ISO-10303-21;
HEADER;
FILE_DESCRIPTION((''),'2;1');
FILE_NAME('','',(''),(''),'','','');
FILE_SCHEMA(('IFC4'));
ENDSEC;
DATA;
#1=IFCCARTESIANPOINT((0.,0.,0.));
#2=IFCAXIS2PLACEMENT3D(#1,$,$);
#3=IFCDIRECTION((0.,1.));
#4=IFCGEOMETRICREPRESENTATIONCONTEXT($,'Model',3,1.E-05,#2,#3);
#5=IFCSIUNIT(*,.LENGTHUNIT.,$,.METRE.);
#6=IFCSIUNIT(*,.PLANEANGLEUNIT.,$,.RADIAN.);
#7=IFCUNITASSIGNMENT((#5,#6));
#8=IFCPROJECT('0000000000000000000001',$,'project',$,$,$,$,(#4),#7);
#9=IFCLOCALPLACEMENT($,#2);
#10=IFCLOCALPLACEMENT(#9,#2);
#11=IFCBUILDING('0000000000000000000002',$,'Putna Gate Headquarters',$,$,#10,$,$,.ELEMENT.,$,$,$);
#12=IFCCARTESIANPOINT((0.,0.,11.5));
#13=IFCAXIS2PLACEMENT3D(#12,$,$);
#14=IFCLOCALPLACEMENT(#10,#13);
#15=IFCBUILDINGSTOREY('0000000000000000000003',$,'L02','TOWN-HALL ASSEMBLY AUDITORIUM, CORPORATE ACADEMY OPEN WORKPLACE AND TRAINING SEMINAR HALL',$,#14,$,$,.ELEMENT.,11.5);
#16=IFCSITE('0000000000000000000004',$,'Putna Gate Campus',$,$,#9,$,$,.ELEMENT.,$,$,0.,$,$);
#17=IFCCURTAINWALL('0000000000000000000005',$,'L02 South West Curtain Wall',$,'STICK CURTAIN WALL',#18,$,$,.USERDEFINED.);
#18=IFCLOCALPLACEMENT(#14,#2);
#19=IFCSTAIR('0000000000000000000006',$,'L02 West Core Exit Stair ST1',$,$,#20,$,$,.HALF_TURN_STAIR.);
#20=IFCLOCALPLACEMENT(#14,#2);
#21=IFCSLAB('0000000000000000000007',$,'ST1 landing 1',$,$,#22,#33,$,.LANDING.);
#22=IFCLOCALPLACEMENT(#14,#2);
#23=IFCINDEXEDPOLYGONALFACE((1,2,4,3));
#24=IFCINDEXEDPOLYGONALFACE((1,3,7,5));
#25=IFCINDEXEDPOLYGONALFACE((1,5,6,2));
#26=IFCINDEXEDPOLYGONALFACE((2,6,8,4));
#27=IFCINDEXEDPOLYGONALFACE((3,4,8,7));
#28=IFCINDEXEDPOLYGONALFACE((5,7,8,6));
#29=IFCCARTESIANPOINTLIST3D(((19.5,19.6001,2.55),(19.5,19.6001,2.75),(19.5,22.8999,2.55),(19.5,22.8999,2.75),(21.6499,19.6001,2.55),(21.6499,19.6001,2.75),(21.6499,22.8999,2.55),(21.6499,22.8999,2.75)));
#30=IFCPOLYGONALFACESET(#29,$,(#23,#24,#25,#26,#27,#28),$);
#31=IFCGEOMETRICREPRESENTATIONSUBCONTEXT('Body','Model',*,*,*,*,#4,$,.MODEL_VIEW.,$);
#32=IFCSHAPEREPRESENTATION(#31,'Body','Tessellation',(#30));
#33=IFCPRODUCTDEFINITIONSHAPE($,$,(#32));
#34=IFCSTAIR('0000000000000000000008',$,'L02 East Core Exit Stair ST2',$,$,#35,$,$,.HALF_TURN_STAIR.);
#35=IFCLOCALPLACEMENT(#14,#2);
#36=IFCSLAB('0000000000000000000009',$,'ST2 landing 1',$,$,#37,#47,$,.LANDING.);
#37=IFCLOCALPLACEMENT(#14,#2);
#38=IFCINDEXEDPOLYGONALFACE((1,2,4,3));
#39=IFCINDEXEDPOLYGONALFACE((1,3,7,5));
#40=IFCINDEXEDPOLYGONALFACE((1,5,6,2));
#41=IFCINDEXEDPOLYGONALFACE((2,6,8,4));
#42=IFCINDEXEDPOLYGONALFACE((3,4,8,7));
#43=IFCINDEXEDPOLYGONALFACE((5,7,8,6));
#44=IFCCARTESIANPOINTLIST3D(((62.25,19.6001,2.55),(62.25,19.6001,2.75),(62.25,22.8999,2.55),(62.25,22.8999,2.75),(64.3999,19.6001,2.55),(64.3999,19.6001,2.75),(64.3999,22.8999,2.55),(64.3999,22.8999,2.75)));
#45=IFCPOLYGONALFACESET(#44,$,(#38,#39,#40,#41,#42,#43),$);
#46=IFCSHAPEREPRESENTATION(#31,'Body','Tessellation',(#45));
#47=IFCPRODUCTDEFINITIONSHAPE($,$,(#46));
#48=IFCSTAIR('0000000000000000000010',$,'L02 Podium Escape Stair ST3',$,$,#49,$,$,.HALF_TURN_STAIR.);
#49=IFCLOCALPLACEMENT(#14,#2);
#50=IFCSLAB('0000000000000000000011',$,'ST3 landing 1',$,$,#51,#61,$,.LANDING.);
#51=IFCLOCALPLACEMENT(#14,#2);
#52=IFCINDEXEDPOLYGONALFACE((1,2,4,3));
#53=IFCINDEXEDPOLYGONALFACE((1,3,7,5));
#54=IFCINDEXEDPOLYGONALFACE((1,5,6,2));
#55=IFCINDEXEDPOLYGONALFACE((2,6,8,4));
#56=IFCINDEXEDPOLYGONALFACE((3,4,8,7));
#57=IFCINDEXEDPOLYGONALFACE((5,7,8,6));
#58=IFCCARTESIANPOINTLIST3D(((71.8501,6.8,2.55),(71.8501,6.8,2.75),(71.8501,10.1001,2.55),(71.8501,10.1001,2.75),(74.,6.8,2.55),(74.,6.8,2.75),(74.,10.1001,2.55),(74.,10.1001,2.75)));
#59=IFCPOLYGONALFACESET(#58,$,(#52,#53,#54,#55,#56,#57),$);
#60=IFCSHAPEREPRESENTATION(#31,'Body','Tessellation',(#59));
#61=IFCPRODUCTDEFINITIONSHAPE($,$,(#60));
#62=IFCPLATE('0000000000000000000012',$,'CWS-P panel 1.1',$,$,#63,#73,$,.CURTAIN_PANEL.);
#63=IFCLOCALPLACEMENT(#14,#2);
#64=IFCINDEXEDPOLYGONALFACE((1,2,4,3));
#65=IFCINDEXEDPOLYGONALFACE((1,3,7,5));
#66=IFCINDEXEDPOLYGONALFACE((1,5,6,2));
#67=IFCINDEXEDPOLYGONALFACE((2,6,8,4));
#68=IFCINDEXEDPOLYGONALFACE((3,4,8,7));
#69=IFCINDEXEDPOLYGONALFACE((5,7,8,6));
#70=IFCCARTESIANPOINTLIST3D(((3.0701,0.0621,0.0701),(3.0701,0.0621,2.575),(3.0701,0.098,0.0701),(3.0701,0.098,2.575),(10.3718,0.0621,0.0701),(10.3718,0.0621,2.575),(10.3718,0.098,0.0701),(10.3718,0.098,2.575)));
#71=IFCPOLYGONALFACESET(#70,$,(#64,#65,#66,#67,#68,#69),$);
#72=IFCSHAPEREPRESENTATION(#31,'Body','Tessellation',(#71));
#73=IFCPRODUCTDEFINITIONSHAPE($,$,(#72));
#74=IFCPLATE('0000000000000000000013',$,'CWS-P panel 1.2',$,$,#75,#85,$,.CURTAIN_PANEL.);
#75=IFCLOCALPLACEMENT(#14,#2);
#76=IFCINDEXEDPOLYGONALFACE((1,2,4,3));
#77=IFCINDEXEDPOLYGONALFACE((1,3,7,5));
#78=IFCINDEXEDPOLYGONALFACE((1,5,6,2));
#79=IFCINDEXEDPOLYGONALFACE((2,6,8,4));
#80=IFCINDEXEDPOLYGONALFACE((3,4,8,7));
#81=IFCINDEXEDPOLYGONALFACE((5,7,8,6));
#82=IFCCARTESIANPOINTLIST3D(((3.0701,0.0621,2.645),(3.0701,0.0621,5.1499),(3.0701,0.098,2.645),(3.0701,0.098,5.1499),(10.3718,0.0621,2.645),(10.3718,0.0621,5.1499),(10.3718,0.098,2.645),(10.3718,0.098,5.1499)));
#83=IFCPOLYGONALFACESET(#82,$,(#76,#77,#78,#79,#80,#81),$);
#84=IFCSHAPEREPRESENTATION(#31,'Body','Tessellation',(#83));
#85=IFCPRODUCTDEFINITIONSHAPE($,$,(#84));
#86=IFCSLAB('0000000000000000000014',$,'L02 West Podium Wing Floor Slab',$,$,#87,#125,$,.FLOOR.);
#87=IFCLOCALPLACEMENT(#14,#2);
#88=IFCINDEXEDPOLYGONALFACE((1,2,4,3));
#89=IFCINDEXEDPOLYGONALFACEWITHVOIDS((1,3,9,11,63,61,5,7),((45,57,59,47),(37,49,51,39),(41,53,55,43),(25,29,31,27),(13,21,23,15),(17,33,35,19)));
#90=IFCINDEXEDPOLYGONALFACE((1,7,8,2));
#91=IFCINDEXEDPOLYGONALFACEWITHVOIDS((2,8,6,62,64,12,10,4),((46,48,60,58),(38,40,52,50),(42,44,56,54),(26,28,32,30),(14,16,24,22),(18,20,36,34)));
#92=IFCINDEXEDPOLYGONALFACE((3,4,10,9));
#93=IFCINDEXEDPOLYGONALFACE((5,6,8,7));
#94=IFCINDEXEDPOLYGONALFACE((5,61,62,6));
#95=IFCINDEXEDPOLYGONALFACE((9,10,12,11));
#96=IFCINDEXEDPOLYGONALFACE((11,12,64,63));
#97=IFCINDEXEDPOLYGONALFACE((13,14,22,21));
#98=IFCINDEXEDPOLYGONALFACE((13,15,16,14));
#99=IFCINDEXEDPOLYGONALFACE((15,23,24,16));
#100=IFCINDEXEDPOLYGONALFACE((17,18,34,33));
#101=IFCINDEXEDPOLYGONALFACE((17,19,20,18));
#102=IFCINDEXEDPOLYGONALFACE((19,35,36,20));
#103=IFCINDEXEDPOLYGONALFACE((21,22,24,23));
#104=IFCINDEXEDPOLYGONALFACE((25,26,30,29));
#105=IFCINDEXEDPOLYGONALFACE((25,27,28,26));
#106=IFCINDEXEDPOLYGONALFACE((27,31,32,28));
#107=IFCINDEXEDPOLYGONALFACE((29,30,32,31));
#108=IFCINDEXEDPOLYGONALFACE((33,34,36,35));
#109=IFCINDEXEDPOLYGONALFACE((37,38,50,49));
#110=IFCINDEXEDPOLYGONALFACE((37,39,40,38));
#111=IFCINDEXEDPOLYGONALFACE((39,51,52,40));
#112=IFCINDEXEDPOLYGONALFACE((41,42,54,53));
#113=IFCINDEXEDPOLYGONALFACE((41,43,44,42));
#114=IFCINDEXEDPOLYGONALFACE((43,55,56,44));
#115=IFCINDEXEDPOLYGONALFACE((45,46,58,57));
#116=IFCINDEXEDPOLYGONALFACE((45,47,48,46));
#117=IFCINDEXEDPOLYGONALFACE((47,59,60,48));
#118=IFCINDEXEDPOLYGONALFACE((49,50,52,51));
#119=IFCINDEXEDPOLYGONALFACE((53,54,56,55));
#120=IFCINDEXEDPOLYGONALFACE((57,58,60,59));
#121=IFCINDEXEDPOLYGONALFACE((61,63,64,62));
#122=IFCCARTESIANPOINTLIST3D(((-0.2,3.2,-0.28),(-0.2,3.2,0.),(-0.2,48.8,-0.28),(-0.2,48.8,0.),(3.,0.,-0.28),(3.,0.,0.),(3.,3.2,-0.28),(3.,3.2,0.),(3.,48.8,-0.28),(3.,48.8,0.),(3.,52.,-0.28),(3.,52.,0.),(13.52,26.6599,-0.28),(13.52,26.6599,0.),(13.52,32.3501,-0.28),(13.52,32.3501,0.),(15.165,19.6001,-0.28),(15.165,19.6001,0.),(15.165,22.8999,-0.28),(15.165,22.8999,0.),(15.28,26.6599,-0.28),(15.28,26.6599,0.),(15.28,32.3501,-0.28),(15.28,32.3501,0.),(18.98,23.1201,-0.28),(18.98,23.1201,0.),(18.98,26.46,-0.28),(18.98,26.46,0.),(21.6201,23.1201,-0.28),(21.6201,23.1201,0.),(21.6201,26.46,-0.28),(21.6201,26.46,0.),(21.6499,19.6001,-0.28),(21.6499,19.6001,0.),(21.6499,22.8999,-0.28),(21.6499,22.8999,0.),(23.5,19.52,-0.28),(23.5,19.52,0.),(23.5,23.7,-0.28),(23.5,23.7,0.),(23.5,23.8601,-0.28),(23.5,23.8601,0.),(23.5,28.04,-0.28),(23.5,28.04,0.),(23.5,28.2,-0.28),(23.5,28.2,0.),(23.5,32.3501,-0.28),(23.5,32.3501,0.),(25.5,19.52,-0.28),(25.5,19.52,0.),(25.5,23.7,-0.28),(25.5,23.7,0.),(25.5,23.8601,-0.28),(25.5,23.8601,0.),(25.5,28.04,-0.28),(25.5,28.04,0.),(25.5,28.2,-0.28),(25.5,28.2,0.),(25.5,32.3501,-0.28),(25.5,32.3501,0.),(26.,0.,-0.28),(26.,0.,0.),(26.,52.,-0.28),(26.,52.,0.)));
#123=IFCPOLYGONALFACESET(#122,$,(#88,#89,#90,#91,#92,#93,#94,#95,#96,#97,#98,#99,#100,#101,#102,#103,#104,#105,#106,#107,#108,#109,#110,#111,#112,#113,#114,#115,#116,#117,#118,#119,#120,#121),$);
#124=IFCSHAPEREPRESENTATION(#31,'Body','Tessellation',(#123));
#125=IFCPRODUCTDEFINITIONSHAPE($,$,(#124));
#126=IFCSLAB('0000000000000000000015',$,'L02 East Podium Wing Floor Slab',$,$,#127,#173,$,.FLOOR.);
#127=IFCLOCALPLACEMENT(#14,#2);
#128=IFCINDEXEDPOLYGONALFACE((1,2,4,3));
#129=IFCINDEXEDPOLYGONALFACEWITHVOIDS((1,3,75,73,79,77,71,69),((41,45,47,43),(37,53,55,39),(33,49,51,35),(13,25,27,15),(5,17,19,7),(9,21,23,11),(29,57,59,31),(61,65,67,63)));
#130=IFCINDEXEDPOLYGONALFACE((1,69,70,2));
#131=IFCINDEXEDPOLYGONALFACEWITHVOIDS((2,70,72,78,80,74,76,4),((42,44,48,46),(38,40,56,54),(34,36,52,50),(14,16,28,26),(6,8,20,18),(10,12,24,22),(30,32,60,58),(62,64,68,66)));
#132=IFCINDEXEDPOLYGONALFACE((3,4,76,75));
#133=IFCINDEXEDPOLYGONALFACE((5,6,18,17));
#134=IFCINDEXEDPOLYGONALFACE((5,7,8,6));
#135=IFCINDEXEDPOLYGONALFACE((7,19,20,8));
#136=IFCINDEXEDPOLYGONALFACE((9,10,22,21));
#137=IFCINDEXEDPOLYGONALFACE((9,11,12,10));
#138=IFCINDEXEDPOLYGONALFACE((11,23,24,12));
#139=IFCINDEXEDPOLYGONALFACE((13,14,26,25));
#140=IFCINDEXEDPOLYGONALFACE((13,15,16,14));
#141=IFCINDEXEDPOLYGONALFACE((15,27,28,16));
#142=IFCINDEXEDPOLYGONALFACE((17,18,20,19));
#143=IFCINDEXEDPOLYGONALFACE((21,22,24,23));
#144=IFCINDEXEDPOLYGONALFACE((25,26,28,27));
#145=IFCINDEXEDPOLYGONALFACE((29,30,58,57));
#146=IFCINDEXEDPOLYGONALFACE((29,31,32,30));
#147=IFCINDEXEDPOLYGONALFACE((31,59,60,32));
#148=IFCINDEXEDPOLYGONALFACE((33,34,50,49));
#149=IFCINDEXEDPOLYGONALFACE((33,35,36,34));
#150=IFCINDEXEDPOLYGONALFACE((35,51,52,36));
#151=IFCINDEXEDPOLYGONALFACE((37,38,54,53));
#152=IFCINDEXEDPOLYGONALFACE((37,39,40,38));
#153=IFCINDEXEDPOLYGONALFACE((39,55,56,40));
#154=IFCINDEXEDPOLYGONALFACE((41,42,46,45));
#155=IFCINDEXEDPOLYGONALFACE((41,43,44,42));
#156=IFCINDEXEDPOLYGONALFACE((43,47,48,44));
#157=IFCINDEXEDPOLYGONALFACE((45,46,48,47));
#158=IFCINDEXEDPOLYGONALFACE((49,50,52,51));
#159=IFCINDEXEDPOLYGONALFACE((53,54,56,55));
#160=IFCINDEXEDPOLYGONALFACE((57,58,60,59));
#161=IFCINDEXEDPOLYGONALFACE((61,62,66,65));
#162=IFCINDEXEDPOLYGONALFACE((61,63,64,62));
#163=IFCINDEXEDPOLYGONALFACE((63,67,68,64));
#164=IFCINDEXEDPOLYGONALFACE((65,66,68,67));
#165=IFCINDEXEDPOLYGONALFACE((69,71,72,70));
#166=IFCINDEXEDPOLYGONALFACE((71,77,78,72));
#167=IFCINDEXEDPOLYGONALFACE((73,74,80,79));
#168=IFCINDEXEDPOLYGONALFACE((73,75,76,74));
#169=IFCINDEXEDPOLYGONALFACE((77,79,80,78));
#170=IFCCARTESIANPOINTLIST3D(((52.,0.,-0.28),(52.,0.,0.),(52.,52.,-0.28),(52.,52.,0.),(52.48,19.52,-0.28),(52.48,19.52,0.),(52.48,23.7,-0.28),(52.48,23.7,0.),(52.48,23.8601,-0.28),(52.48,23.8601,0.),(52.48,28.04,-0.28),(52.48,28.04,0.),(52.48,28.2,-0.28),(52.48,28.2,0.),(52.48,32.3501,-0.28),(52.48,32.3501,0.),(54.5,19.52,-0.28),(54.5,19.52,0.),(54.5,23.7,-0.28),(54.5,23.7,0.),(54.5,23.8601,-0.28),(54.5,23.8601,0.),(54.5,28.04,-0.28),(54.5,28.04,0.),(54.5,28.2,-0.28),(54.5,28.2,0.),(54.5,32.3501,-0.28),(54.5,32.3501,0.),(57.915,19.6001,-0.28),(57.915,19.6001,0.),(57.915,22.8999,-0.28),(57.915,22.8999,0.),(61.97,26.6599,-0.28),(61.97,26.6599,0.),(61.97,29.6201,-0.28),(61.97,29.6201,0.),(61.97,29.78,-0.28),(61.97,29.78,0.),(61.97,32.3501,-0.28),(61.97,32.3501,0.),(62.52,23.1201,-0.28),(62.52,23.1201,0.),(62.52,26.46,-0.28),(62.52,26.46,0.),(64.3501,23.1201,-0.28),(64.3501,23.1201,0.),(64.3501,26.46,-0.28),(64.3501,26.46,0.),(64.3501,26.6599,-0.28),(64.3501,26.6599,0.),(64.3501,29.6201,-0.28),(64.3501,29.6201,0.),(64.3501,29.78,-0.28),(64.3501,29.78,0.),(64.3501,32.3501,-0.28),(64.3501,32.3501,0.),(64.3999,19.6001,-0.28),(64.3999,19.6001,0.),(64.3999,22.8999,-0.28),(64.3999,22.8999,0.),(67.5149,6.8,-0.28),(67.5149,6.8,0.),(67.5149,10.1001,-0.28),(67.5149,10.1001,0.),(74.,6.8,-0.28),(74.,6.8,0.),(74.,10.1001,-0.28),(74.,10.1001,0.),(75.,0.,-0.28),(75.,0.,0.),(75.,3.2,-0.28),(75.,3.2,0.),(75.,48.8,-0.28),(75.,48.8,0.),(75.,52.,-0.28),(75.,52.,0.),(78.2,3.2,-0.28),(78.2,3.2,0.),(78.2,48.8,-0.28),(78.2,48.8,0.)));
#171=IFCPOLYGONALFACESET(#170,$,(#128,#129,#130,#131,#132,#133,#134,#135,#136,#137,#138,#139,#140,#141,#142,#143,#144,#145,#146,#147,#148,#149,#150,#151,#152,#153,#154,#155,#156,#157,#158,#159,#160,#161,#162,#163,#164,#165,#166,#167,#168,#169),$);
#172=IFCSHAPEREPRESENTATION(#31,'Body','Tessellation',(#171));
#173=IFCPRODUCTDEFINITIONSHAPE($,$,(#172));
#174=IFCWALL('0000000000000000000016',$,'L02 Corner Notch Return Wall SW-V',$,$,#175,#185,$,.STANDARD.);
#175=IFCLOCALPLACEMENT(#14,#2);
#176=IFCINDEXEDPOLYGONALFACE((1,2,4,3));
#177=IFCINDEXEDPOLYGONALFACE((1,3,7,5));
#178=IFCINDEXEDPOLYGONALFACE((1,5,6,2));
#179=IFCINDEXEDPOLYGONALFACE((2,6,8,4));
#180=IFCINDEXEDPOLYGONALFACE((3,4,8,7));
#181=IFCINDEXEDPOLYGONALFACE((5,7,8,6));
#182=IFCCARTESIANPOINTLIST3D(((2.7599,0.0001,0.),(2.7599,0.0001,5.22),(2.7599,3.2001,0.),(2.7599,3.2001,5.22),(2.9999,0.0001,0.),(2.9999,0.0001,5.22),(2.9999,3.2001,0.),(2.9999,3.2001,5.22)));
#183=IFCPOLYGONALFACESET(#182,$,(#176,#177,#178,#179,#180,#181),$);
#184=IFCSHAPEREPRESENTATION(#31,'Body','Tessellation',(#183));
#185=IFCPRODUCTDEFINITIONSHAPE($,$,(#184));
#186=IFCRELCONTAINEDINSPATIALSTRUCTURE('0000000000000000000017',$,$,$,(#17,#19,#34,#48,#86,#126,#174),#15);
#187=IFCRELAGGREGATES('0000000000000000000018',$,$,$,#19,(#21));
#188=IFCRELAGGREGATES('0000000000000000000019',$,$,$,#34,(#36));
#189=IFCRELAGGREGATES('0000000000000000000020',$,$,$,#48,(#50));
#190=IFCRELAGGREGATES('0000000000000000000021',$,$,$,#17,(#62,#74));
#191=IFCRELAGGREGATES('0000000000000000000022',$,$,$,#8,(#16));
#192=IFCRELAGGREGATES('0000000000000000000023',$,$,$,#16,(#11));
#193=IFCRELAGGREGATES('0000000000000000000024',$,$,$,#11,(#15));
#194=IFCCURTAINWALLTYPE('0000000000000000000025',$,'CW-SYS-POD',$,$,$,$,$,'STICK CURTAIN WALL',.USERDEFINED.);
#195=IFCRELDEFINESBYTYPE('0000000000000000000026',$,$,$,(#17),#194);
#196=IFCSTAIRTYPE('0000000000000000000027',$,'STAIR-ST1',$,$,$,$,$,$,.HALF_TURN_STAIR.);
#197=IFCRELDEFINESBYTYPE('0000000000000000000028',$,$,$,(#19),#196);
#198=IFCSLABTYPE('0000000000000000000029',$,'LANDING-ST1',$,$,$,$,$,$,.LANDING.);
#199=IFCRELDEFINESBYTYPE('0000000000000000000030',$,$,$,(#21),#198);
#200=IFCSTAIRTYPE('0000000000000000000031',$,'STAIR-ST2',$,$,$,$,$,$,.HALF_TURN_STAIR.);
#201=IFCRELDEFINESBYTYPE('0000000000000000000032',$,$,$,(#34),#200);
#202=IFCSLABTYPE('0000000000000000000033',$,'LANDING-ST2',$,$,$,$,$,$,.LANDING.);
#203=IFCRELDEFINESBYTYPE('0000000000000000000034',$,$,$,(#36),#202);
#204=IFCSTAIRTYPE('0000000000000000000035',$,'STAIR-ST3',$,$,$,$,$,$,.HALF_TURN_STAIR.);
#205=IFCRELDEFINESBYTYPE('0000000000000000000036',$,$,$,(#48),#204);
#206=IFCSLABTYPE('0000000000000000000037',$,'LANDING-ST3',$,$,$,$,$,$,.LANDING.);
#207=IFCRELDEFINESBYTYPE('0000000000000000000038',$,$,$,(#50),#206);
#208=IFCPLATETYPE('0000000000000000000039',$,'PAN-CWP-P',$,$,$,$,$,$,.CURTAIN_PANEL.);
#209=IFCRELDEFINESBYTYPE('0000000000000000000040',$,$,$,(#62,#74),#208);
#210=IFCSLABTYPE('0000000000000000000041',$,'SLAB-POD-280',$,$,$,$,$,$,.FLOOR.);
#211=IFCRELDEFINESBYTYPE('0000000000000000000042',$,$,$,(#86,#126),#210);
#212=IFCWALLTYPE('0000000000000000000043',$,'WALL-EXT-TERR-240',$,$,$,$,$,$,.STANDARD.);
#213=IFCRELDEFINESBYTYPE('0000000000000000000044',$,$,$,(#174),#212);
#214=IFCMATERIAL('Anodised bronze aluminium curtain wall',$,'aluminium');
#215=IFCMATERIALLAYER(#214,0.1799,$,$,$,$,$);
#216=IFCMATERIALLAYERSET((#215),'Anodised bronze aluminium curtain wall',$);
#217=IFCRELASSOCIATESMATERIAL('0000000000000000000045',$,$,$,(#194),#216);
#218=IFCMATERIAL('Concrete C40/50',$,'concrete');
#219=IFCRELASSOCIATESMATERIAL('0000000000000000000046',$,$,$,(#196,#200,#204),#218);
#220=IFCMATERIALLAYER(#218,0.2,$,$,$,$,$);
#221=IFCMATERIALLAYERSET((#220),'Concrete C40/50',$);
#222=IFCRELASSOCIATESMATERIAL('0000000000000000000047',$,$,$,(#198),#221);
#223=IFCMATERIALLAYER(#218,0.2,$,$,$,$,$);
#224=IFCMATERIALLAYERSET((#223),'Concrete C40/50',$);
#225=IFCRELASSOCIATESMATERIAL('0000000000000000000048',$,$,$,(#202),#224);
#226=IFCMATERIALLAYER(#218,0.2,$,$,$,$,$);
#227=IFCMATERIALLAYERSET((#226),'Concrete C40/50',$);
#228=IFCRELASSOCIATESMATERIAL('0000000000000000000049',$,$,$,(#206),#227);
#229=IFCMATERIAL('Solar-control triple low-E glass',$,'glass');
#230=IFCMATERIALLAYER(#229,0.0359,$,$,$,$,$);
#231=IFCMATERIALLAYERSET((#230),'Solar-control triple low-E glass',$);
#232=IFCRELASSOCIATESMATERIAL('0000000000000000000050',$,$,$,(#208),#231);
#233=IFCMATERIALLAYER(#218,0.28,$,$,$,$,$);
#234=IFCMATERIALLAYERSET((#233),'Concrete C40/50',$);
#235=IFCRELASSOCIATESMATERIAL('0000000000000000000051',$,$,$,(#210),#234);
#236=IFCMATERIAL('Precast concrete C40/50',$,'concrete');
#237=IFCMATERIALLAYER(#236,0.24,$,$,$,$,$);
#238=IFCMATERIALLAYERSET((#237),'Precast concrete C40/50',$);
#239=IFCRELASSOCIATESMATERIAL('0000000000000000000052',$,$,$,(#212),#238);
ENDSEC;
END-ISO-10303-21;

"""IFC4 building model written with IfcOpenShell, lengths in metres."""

from ifc_helpers import new_model, si_unit, direction, frame, frame_2d, origin, origin_2d, place, context, subcontext, project, spatial, polyline, rectangle, outline, extrude, material, layer, layer_set, type_object, element, aggregate, save


model = new_model("IFC4")

# Units and contexts
model_context = context("Model", 3, precision=1e-05, world=origin(), true_north=direction((0.0, 1.0)))
body_context = subcontext(model_context, "Body", "Model", "MODEL_VIEW")
ifc_project = project(units=[si_unit("LENGTHUNIT", "METRE"), si_unit("PLANEANGLEUNIT", "RADIAN")], contexts=[model_context])

# Site, building, storey
site_placement = place(None, origin())
site = spatial("IfcSite", under=ifc_project, at=site_placement, Name="Putna Gate Campus", CompositionType="ELEMENT", RefElevation=0.0)
building_placement = place(site_placement, origin())
building = spatial("IfcBuilding", under=site, at=building_placement, Name="Putna Gate Headquarters", CompositionType="ELEMENT")
storey_placement = place(building_placement, frame((0.0, 0.0, 11.5)))
storey = spatial("IfcBuildingStorey", under=building, at=storey_placement, Name="L02", Description="TOWN-HALL ASSEMBLY AUDITORIUM, CORPORATE ACADEMY OPEN WORKPLACE AND TRAINING SEMINAR HALL", CompositionType="ELEMENT", Elevation=11.5)

# Curtain wall
ifc_material_1 = material(Name="Anodised bronze aluminium curtain wall", Category="aluminium")
ifc_layer_1 = layer(ifc_material_1, 0.1799)
ifc_layer_set_1 = layer_set([ifc_layer_1], Name="Anodised bronze aluminium curtain wall")
curtain_wall_type = type_object("IfcCurtainWallType", Name="CW-SYS-POD", ElementType="STICK CURTAIN WALL", PredefinedType="USERDEFINED", material=ifc_layer_set_1)
curtain_wall_placement = place(storey_placement, origin())
curtain_wall = element("IfcCurtainWall", 1, at=curtain_wall_placement, inside=storey, type_object=curtain_wall_type, Name="L02 South West Curtain Wall", ObjectType="STICK CURTAIN WALL", PredefinedType="USERDEFINED")

# Stairs, slabs
ifc_material_2 = material(Name="Concrete C40/50", Category="concrete")
stair_type_1 = type_object("IfcStairType", Name="STAIR-ST1", PredefinedType="HALF_TURN_STAIR", material=ifc_material_2)
stair_1_placement = place(storey_placement, origin())
stair_1 = element("IfcStair", 2, at=stair_1_placement, inside=storey, type_object=stair_type_1, Name="L02 West Core Exit Stair ST1", PredefinedType="HALF_TURN_STAIR")
ifc_layer_2 = layer(ifc_material_2, 0.2)
ifc_layer_set_2 = layer_set([ifc_layer_2], Name="Concrete C40/50")
slab_type_1 = type_object("IfcSlabType", Name="LANDING-ST1", PredefinedType="LANDING", material=ifc_layer_set_2)
slab_1_placement = place(storey_placement, frame((0.0, 0.0, 2.55)))
slab_1 = element("IfcSlab", 3, at=slab_1_placement, type_object=slab_type_1, Name="ST1 landing 1", PredefinedType="LANDING", context=body_context, shape_type="SweptSolid", body=[
    extrude(outline(polyline([(19.5, 19.6001), (21.6499, 19.6001), (21.6499, 22.8999), (19.5, 22.8999), (19.5, 19.6001)])), origin(), (0.0, 0.0, 1.0), 0.2),
])
aggregate(stair_1, [slab_1])
stair_type_2 = type_object("IfcStairType", Name="STAIR-ST2", PredefinedType="HALF_TURN_STAIR", material=ifc_material_2)
stair_2_placement = place(storey_placement, origin())
stair_2 = element("IfcStair", 4, at=stair_2_placement, inside=storey, type_object=stair_type_2, Name="L02 East Core Exit Stair ST2", PredefinedType="HALF_TURN_STAIR")
ifc_layer_3 = layer(ifc_material_2, 0.2)
ifc_layer_set_3 = layer_set([ifc_layer_3], Name="Concrete C40/50")
slab_type_2 = type_object("IfcSlabType", Name="LANDING-ST2", PredefinedType="LANDING", material=ifc_layer_set_3)
slab_2_placement = place(storey_placement, frame((0.0, 0.0, 2.55)))
slab_2 = element("IfcSlab", 5, at=slab_2_placement, type_object=slab_type_2, Name="ST2 landing 1", PredefinedType="LANDING", context=body_context, shape_type="SweptSolid", body=[
    extrude(outline(polyline([(62.25, 19.6001), (64.3999, 19.6001), (64.3999, 22.8999), (62.25, 22.8999), (62.25, 19.6001)])), origin(), (0.0, 0.0, 1.0), 0.2),
])
aggregate(stair_2, [slab_2])
stair_type_3 = type_object("IfcStairType", Name="STAIR-ST3", PredefinedType="HALF_TURN_STAIR", material=ifc_material_2)
stair_3_placement = place(storey_placement, origin())
stair_3 = element("IfcStair", 6, at=stair_3_placement, inside=storey, type_object=stair_type_3, Name="L02 Podium Escape Stair ST3", PredefinedType="HALF_TURN_STAIR")
ifc_layer_4 = layer(ifc_material_2, 0.2)
ifc_layer_set_4 = layer_set([ifc_layer_4], Name="Concrete C40/50")
slab_type_3 = type_object("IfcSlabType", Name="LANDING-ST3", PredefinedType="LANDING", material=ifc_layer_set_4)
slab_3_placement = place(storey_placement, frame((0.0, 0.0, 2.55)))
slab_3 = element("IfcSlab", 7, at=slab_3_placement, type_object=slab_type_3, Name="ST3 landing 1", PredefinedType="LANDING", context=body_context, shape_type="SweptSolid", body=[
    extrude(outline(polyline([(71.8501, 6.8), (74.0, 6.8), (74.0, 10.1001), (71.8501, 10.1001), (71.8501, 6.8)])), origin(), (0.0, 0.0, 1.0), 0.2),
])
aggregate(stair_3, [slab_3])

# Plates
ifc_material_3 = material(Name="Solar-control triple low-E glass", Category="glass")
ifc_layer_5 = layer(ifc_material_3, 0.0359)
ifc_layer_set_5 = layer_set([ifc_layer_5], Name="Solar-control triple low-E glass")
plate_type = type_object("IfcPlateType", Name="PAN-CWP-P", PredefinedType="CURTAIN_PANEL", material=ifc_layer_set_5)
plate_1_placement = place(storey_placement, frame((6.7209, 0.0801, 0.0701), z_axis=(0.0, 0.0, 1.0), x_axis=(1.0, 0.0, 0.0)))
plate_1 = element("IfcPlate", 8, at=plate_1_placement, type_object=plate_type, Name="CWS-P panel 1.1", PredefinedType="CURTAIN_PANEL", context=body_context, shape_type="SweptSolid", body=[
    extrude(rectangle(XDim=7.3018, YDim=0.0359, at=origin_2d()), origin(), (0.0, 0.0, 1.0), 2.5049),
])
plate_2_placement = place(storey_placement, frame((6.7209, 0.0801, 2.645), z_axis=(0.0, 0.0, 1.0), x_axis=(1.0, 0.0, 0.0)))
plate_2 = element("IfcPlate", 9, at=plate_2_placement, type_object=plate_type, Name="CWS-P panel 1.2", PredefinedType="CURTAIN_PANEL", context=body_context, shape_type="SweptSolid", body=[
    extrude(rectangle(XDim=7.3018, YDim=0.0359, at=origin_2d()), origin(), (0.0, 0.0, 1.0), 2.5049),
])
aggregate(curtain_wall, [plate_1, plate_2])

# Slabs
ifc_layer_6 = layer(ifc_material_2, 0.28)
ifc_layer_set_6 = layer_set([ifc_layer_6], Name="Concrete C40/50")
slab_type_4 = type_object("IfcSlabType", Name="SLAB-POD-280", PredefinedType="FLOOR", material=ifc_layer_set_6)
slab_4_placement = place(storey_placement, frame((0.0, 0.0, -0.28)))
element("IfcSlab", 10, at=slab_4_placement, inside=storey, type_object=slab_type_4, Name="L02 West Podium Wing Floor Slab", PredefinedType="FLOOR", context=body_context, shape_type="SweptSolid", body=[
    extrude(outline(polyline([(3.0, 0.0), (26.0, 0.0), (26.0, 52.0), (3.0, 52.0), (3.0, 48.8), (-0.2, 48.8), (-0.2, 3.2), (3.0, 3.2), (3.0, 0.0)]), holes=[polyline([(15.165, 19.6001), (21.6499, 19.6001), (21.6499, 22.8999), (15.165, 22.8999), (15.165, 19.6001)]), polyline([(13.52, 26.6599), (15.28, 26.6599), (15.28, 32.3501), (13.52, 32.3501), (13.52, 26.6599)]), polyline([(18.98, 23.1201), (21.6201, 23.1201), (21.6201, 26.46), (18.98, 26.46), (18.98, 23.1201)]), polyline([(23.5, 19.52), (25.5, 19.52), (25.5, 23.7), (23.5, 23.7), (23.5, 19.52)]), polyline([(23.5, 23.8601), (25.5, 23.8601), (25.5, 28.04), (23.5, 28.04), (23.5, 23.8601)]), polyline([(23.5, 28.2), (25.5, 28.2), (25.5, 32.3501), (23.5, 32.3501), (23.5, 28.2)])]), origin(), (0.0, 0.0, 1.0), 0.28),
])
slab_5_placement = place(storey_placement, frame((0.0, 0.0, -0.28)))
element("IfcSlab", 11, at=slab_5_placement, inside=storey, type_object=slab_type_4, Name="L02 East Podium Wing Floor Slab", PredefinedType="FLOOR", context=body_context, shape_type="SweptSolid", body=[
    extrude(outline(polyline([(52.0, 0.0), (75.0, 0.0), (75.0, 3.2), (78.2, 3.2), (78.2, 48.8), (75.0, 48.8), (75.0, 52.0), (52.0, 52.0), (52.0, 0.0)]), holes=[polyline([(57.915, 19.6001), (64.3999, 19.6001), (64.3999, 22.8999), (57.915, 22.8999), (57.915, 19.6001)]), polyline([(67.5149, 6.8), (74.0, 6.8), (74.0, 10.1001), (67.5149, 10.1001), (67.5149, 6.8)]), polyline([(61.97, 29.78), (64.3501, 29.78), (64.3501, 32.3501), (61.97, 32.3501), (61.97, 29.78)]), polyline([(62.52, 23.1201), (64.3501, 23.1201), (64.3501, 26.46), (62.52, 26.46), (62.52, 23.1201)]), polyline([(61.97, 26.6599), (64.3501, 26.6599), (64.3501, 29.6201), (61.97, 29.6201), (61.97, 26.6599)]), polyline([(52.48, 19.52), (54.5, 19.52), (54.5, 23.7), (52.48, 23.7), (52.48, 19.52)]), polyline([(52.48, 23.8601), (54.5, 23.8601), (54.5, 28.04), (52.48, 28.04), (52.48, 23.8601)]), polyline([(52.48, 28.2), (54.5, 28.2), (54.5, 32.3501), (52.48, 32.3501), (52.48, 28.2)])]), origin(), (0.0, 0.0, 1.0), 0.28),
])

# Wall
ifc_material_4 = material(Name="Precast concrete C40/50", Category="concrete")
ifc_layer_7 = layer(ifc_material_4, 0.24)
ifc_layer_set_7 = layer_set([ifc_layer_7], Name="Precast concrete C40/50")
wall_type = type_object("IfcWallType", Name="WALL-EXT-TERR-240", PredefinedType="STANDARD", material=ifc_layer_set_7)
wall_placement = place(storey_placement, frame((2.8799, 0.0, 0.0), z_axis=(0.0, 0.0, 1.0), x_axis=(0.0, 1.0, 0.0)))
element("IfcWall", 12, at=wall_placement, inside=storey, type_object=wall_type, Name="L02 Corner Notch Return Wall SW-V", PredefinedType="STANDARD", context=body_context, shape_type="SweptSolid", body=[
    extrude(rectangle(XDim=3.2, YDim=0.24, at=frame_2d((1.6001, 0.0))), origin(), (0.0, 0.0, 1.0), 5.22),
])

save(model, "model.ifc")
